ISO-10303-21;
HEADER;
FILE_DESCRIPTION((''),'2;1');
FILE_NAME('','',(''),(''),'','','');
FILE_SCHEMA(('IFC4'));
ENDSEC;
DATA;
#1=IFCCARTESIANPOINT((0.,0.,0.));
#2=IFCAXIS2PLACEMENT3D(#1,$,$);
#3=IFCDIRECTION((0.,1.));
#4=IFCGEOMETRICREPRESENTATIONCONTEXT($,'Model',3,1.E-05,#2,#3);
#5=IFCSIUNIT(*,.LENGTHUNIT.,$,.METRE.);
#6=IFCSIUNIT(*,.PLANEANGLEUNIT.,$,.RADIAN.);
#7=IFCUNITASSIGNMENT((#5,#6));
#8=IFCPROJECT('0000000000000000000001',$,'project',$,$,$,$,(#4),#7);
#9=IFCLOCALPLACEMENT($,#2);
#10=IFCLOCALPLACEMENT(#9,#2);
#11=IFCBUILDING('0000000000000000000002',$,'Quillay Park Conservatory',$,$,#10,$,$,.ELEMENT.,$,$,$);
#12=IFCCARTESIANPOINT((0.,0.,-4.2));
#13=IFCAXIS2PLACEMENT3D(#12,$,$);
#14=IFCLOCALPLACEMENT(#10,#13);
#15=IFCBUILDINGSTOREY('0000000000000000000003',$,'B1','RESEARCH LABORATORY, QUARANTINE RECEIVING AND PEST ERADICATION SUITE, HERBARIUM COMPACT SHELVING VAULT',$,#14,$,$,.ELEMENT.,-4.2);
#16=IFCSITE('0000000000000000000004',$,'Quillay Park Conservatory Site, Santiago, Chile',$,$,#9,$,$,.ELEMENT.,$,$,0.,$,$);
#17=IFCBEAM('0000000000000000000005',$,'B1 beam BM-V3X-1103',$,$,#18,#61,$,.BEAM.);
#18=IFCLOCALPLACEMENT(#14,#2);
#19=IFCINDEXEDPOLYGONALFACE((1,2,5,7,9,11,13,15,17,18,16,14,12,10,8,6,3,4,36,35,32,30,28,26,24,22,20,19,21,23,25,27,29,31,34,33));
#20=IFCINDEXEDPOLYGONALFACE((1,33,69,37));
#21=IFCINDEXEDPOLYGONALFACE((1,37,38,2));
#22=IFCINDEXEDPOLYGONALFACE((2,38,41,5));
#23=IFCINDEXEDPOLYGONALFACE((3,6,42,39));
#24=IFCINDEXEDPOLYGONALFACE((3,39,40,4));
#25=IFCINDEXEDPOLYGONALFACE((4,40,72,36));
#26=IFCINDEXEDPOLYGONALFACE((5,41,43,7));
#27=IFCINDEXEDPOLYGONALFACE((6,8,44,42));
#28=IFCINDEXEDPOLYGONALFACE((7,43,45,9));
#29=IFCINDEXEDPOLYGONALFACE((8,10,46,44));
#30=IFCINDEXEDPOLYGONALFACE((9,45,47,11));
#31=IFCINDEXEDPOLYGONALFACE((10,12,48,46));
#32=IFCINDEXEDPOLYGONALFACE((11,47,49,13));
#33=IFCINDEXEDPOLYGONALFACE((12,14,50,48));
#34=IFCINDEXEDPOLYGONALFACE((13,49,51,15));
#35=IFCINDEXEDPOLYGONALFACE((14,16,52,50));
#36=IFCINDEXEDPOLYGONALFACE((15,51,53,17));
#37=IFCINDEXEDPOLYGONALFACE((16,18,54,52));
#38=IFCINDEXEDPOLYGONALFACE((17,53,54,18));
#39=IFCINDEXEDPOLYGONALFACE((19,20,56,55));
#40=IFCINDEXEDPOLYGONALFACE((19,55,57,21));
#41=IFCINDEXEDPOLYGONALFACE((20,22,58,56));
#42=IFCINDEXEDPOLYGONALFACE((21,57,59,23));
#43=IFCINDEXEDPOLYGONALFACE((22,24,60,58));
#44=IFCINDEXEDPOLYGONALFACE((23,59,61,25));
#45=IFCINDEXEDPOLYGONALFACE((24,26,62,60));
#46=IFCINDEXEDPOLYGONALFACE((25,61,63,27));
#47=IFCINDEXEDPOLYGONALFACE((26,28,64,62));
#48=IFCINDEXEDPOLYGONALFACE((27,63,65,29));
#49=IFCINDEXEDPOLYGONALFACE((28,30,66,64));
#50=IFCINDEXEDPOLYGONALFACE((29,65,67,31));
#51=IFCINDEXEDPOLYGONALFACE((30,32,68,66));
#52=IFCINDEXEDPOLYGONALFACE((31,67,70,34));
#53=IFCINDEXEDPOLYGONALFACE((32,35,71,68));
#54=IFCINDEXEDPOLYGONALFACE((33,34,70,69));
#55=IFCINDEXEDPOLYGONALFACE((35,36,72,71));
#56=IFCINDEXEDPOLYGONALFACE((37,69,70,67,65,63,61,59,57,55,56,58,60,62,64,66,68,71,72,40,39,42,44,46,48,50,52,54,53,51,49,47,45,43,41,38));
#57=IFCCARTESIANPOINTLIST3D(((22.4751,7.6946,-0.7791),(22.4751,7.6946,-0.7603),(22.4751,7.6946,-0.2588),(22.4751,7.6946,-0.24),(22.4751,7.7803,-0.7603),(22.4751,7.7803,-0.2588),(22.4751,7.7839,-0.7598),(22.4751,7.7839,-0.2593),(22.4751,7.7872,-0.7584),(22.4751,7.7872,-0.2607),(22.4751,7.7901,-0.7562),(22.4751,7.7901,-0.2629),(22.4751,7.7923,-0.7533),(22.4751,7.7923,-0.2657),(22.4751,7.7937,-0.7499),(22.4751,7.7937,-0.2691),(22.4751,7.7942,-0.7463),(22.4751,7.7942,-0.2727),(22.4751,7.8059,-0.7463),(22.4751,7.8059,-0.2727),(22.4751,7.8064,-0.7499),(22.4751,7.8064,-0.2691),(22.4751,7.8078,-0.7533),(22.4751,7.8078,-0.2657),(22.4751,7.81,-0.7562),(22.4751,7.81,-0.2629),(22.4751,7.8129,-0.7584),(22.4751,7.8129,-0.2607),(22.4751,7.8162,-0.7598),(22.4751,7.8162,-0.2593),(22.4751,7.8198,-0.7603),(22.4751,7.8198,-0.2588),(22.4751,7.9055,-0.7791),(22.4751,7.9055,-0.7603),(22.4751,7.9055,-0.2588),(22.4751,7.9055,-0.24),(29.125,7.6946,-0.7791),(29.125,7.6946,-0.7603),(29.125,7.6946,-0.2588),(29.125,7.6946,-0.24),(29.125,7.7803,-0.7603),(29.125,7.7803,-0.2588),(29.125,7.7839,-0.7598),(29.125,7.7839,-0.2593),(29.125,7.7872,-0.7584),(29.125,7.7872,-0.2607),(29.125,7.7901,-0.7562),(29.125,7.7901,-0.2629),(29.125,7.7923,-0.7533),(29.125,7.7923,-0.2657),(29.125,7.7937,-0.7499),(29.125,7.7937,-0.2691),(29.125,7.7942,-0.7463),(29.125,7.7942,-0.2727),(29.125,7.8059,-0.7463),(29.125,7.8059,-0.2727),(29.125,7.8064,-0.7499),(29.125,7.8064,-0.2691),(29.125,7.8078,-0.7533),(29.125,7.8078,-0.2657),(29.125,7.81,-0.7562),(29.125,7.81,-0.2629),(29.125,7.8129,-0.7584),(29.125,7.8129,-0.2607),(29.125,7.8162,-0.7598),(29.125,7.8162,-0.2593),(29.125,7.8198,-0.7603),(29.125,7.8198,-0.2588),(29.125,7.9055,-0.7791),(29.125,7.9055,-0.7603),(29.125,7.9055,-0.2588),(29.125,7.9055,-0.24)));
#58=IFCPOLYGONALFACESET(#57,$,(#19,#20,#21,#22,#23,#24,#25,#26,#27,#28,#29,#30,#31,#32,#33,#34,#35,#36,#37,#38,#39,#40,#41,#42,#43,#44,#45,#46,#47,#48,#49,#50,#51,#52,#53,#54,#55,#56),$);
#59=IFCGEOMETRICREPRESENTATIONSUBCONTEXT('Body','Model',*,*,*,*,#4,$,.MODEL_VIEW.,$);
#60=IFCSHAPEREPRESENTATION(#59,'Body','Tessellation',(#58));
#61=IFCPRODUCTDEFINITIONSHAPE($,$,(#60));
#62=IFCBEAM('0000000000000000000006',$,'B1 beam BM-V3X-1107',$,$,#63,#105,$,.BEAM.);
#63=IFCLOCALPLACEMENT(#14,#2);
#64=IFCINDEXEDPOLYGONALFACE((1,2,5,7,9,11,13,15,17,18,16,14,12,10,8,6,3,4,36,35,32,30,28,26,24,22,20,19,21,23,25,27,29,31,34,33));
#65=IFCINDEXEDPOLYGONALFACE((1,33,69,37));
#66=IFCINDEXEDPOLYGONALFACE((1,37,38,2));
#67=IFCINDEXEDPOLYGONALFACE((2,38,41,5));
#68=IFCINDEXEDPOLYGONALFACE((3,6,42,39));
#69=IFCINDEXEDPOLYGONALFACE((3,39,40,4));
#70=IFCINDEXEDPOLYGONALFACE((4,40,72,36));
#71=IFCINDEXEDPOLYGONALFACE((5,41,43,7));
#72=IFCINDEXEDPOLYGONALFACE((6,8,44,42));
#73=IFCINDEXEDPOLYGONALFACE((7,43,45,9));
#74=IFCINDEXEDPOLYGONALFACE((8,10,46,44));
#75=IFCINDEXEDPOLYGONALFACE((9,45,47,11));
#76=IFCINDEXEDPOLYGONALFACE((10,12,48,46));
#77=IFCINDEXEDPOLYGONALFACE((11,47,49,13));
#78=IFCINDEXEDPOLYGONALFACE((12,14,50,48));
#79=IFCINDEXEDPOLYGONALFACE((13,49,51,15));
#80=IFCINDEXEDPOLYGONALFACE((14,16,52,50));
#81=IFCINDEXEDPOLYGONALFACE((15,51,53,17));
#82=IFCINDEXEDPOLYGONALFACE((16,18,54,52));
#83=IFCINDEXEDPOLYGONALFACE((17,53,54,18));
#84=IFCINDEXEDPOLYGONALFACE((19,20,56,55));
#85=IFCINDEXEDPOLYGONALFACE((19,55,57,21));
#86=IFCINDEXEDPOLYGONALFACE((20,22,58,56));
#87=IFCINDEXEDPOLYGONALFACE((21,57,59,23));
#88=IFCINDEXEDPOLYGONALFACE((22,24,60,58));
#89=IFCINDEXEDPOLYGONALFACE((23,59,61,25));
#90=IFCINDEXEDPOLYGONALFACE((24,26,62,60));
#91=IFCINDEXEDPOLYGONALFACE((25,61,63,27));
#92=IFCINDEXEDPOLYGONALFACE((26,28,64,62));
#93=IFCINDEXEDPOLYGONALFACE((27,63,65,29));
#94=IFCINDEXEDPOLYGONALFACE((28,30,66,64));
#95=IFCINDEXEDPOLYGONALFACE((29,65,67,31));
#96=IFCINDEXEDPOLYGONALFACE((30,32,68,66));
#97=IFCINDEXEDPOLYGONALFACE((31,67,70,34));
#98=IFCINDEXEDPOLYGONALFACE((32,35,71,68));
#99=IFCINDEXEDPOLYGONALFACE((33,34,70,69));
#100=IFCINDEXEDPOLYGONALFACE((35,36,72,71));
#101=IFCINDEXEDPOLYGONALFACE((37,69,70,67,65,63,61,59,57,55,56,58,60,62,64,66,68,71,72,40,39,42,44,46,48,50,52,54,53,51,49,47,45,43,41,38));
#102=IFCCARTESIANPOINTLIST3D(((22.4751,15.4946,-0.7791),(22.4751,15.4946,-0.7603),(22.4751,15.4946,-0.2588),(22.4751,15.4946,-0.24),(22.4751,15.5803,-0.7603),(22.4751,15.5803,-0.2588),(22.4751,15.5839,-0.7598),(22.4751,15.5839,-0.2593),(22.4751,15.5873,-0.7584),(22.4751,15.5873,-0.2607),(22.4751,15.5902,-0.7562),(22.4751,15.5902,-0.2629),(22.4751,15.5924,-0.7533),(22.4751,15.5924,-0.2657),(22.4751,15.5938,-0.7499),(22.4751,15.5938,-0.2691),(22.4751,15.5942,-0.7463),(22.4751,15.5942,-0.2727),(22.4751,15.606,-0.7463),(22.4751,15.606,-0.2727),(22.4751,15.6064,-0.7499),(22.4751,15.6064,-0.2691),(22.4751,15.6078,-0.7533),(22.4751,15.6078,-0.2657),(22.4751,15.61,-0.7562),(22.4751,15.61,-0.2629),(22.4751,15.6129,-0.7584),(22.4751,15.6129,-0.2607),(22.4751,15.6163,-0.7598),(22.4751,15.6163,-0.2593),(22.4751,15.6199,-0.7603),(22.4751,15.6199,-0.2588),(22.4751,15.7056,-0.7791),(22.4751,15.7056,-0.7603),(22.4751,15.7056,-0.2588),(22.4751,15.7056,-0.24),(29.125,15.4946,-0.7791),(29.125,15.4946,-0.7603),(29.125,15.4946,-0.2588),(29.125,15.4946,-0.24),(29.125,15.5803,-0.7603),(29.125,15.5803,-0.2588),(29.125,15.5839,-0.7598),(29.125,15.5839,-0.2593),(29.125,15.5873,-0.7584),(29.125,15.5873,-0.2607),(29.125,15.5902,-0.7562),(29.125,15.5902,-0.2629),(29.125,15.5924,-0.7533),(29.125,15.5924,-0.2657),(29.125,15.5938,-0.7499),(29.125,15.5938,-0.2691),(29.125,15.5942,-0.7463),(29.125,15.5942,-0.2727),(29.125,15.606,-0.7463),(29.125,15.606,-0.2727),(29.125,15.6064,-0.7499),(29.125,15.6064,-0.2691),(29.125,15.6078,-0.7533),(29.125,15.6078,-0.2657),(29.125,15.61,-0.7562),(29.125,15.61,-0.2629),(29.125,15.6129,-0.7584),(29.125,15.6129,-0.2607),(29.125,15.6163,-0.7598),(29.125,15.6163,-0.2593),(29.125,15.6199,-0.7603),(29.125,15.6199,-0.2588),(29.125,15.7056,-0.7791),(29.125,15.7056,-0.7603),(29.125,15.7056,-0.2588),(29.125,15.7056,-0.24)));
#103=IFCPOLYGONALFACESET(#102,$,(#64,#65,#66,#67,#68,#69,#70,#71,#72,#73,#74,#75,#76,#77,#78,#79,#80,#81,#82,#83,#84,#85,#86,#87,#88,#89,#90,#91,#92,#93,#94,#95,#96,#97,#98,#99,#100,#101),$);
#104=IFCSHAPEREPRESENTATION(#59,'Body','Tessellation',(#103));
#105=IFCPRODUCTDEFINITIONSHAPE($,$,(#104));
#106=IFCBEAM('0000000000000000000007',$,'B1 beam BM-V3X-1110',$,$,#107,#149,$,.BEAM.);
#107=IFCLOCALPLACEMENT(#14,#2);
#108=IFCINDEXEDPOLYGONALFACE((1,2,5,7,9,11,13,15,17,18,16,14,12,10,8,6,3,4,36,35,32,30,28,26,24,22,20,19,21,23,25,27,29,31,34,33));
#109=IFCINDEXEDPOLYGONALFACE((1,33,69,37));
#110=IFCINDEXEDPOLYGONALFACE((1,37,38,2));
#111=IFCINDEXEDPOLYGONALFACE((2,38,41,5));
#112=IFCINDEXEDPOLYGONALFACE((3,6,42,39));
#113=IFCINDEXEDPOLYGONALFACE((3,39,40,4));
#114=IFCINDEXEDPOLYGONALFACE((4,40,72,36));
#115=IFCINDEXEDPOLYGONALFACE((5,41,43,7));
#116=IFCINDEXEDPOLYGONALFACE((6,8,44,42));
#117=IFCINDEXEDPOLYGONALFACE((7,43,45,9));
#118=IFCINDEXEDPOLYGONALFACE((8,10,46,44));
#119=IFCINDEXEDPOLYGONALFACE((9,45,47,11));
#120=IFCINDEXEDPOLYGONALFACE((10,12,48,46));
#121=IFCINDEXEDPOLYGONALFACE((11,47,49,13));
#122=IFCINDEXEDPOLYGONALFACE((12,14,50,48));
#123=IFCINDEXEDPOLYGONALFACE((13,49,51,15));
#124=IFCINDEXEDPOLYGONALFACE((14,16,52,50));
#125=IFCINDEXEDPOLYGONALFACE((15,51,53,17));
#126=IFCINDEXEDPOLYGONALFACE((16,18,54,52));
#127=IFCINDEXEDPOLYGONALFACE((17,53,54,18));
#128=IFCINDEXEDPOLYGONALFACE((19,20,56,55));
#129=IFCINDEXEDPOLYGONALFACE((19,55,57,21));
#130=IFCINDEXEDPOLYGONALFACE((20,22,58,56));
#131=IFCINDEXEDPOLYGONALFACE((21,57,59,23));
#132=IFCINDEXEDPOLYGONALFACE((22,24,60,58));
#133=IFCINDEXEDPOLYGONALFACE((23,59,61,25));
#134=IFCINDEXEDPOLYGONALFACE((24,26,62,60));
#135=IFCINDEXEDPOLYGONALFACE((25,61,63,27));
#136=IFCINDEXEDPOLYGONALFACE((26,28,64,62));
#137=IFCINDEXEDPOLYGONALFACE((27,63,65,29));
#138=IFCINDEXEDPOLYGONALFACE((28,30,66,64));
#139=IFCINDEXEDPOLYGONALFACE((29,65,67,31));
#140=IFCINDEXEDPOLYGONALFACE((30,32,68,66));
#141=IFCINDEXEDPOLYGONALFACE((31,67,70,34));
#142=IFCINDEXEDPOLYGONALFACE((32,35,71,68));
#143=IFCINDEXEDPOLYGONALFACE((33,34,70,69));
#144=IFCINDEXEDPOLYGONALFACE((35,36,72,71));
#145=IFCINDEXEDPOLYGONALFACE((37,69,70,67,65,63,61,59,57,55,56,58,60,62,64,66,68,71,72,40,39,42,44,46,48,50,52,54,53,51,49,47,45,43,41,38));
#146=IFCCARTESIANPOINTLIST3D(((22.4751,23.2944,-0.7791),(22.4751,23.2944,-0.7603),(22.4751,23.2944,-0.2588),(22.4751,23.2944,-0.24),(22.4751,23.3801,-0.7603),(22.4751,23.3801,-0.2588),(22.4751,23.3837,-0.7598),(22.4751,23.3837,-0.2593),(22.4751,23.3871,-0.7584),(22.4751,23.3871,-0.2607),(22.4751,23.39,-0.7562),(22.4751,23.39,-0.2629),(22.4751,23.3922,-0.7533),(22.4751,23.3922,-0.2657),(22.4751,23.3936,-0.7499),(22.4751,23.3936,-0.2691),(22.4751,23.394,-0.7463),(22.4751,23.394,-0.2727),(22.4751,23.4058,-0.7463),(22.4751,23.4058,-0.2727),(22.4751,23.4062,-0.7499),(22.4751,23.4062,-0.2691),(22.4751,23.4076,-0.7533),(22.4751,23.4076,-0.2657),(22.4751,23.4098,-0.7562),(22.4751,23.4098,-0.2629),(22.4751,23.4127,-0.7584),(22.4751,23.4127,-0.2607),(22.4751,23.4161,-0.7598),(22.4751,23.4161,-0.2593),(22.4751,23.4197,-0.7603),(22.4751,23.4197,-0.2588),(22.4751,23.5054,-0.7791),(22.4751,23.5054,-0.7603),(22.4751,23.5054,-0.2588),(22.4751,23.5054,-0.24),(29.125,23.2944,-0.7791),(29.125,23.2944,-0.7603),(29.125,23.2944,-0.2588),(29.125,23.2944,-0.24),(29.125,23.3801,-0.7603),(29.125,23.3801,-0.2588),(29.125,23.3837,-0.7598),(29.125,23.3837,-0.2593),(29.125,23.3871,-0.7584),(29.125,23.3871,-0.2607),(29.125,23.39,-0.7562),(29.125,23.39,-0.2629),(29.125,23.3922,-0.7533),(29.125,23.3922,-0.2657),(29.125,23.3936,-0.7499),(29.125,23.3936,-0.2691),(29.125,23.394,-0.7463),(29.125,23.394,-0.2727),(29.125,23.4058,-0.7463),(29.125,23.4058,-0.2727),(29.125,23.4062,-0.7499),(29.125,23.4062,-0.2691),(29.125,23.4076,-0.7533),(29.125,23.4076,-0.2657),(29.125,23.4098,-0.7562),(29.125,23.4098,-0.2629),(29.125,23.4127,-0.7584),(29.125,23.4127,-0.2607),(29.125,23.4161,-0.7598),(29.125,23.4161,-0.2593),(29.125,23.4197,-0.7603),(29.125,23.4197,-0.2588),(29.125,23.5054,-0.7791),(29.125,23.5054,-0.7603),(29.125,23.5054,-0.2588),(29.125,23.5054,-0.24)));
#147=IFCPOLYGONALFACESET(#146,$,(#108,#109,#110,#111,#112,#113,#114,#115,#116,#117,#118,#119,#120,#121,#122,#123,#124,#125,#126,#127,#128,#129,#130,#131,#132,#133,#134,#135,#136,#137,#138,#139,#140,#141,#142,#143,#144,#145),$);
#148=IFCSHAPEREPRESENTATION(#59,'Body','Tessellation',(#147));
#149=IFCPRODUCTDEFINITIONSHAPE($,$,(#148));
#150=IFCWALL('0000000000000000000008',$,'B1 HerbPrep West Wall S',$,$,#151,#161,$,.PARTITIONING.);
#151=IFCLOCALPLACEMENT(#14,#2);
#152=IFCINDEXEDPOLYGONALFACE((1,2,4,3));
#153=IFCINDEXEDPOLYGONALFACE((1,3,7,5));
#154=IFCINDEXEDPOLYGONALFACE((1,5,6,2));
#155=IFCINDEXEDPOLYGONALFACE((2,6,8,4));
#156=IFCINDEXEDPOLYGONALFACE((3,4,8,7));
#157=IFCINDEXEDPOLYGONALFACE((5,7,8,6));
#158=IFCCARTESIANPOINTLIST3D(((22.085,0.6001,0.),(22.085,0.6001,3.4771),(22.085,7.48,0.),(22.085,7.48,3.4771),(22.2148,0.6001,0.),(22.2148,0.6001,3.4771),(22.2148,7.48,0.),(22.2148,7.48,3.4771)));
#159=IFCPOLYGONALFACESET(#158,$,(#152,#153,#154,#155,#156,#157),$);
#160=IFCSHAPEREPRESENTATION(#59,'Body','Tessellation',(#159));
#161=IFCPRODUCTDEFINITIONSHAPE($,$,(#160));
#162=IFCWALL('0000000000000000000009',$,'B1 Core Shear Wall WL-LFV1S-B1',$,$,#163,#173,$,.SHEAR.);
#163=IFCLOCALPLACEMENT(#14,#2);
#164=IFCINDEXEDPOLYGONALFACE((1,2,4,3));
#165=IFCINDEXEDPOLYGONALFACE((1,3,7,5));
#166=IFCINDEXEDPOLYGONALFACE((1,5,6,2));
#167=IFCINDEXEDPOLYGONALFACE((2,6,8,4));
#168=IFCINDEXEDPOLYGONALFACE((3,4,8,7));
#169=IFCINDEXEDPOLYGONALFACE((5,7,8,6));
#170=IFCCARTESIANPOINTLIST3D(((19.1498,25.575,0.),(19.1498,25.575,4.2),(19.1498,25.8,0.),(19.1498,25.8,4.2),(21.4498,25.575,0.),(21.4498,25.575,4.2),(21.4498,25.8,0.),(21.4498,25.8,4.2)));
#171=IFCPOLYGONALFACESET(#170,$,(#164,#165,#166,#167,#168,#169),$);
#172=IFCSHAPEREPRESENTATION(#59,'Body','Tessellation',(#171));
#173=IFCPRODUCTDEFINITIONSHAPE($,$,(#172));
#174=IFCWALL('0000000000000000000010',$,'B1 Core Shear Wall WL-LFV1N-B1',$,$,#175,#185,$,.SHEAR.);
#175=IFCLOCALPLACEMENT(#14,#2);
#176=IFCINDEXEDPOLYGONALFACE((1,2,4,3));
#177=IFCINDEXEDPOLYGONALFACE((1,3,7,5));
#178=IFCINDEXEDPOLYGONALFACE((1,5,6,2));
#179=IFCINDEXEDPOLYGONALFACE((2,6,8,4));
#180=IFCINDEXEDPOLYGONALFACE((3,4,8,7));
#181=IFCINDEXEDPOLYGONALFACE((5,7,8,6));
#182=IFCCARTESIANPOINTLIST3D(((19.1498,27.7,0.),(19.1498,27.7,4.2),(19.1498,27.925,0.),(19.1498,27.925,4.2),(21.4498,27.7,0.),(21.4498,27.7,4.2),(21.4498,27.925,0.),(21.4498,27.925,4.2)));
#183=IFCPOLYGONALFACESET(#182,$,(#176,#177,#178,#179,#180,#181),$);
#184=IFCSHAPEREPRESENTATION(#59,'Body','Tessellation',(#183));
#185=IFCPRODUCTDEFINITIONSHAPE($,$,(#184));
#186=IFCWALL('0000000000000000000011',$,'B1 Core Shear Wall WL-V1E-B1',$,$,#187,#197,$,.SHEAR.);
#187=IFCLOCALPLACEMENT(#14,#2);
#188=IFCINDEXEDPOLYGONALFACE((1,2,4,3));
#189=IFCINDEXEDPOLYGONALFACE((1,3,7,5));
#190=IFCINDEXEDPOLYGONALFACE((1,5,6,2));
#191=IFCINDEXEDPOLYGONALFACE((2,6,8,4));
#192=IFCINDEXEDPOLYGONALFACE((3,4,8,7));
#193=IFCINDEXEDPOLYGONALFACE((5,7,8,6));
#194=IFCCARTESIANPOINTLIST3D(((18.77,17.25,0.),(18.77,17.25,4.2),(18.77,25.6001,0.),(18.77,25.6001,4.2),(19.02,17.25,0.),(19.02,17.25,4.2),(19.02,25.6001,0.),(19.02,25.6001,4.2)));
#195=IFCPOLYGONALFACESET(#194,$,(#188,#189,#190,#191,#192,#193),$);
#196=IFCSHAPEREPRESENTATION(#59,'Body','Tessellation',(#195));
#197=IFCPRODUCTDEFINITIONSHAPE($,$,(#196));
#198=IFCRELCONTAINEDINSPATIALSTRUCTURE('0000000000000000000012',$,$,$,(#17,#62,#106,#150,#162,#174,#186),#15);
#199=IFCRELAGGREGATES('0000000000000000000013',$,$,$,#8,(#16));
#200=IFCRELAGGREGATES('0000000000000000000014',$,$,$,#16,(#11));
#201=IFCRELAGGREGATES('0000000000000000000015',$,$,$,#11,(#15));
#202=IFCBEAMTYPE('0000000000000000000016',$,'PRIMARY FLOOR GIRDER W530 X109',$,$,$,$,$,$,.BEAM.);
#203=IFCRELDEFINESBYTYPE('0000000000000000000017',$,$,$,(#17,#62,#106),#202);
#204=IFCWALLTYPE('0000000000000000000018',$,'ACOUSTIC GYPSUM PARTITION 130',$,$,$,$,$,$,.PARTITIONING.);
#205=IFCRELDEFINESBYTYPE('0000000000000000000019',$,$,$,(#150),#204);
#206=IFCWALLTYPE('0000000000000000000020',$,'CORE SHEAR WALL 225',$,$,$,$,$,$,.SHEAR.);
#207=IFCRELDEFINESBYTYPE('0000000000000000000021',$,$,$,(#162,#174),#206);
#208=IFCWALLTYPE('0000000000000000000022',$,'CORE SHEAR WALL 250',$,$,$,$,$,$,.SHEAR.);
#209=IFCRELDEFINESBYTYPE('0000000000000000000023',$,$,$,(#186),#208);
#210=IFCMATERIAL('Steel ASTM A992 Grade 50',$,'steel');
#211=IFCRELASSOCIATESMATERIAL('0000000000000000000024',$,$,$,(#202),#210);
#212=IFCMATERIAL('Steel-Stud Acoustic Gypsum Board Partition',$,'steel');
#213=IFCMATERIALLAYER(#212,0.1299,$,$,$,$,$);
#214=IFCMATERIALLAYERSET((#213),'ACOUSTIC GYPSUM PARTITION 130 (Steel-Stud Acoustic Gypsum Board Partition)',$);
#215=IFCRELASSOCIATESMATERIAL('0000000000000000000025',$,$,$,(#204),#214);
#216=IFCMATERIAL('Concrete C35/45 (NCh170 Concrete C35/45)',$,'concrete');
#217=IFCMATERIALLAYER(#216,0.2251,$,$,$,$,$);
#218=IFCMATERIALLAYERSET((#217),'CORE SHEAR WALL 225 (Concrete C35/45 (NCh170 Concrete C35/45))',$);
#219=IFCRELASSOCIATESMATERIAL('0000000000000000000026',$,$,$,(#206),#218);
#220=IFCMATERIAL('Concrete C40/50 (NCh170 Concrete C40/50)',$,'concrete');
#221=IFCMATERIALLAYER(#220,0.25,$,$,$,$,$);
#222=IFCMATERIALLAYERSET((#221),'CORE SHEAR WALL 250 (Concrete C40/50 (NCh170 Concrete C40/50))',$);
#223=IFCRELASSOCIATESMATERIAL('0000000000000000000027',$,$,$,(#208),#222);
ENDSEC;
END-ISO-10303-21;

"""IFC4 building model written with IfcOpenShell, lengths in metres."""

from ifc_helpers import new_model, si_unit, direction, frame, frame_2d, origin, origin_2d, place, context, subcontext, project, spatial, rectangle, i_section, extrude, material, layer, layer_set, material_profile, profile_set, type_object, element, save


model = new_model("IFC4")

# Units and contexts
model_context = context("Model", 3, precision=1e-05, world=origin(), true_north=direction((0.0, 1.0)))
body_context = subcontext(model_context, "Body", "Model", "MODEL_VIEW")
ifc_project = project(units=[si_unit("LENGTHUNIT", "METRE"), si_unit("PLANEANGLEUNIT", "RADIAN")], contexts=[model_context])

# Site, building, storey
site_placement = place(None, origin())
site = spatial("IfcSite", under=ifc_project, at=site_placement, Name="Quillay Park Conservatory Site, Santiago, Chile", CompositionType="ELEMENT", RefElevation=0.0)
building_placement = place(site_placement, origin())
building = spatial("IfcBuilding", under=site, at=building_placement, Name="Quillay Park Conservatory", CompositionType="ELEMENT")
storey_placement = place(building_placement, frame((0.0, 0.0, -4.2)))
storey = spatial("IfcBuildingStorey", under=building, at=storey_placement, Name="B1", Description="RESEARCH LABORATORY, QUARANTINE RECEIVING AND PEST ERADICATION SUITE, HERBARIUM COMPACT SHELVING VAULT", CompositionType="ELEMENT", Elevation=-4.2)

# Beams
ifc_material_1 = material(Name="Steel ASTM A992 Grade 50", Category="steel")
ifc_material_profile_1 = material_profile(ifc_material_1, i_section(OverallWidth=0.2109, OverallDepth=0.5391, WebThickness=0.0117, FlangeThickness=0.0188, FilletRadius=0.0139, at=origin_2d()), Name="W530x109")
ifc_profile_set_1 = profile_set([ifc_material_profile_1], Name="Steel ASTM A992 Grade 50")
beam_type_1 = type_object("IfcBeamType", Name="PRIMARY FLOOR GIRDER W530 X109", PredefinedType="BEAM", material=ifc_profile_set_1)
for number, where, z_axis, x_axis, name in (
    (1, (22.4751, 7.8, -0.5095), (1.0, 0.0, 0.0), (0.0, 1.0, 0.0), "B1 beam BM-V3X-1103"),
    (2, (22.4751, 15.6001, -0.5095), (1.0, 0.0, 0.0), (0.0, 1.0, 0.0), "B1 beam BM-V3X-1107"),
    (3, (22.4751, 23.3999, -0.5095), (1.0, 0.0, 0.0), (0.0, 1.0, 0.0), "B1 beam BM-V3X-1110"),
):
    element("IfcBeam", number, at=place(storey_placement, frame(where, z_axis=z_axis, x_axis=x_axis)), inside=storey, type_object=beam_type_1, Name=name, PredefinedType="BEAM", context=body_context, shape_type="SweptSolid", body=[
        extrude(i_section(OverallWidth=0.2109, OverallDepth=0.5391, WebThickness=0.0117, FlangeThickness=0.0188, FilletRadius=0.0139, at=origin_2d()), origin(), (0.0, 0.0, 1.0), 6.6499),
    ])

# Walls
ifc_material_2 = material(Name="Steel-Stud Acoustic Gypsum Board Partition", Category="steel")
ifc_layer_1 = layer(ifc_material_2, 0.1299)
ifc_layer_set_1 = layer_set([ifc_layer_1], Name="ACOUSTIC GYPSUM PARTITION 130 (Steel-Stud Acoustic Gypsum Board Partition)")
wall_type_1 = type_object("IfcWallType", Name="ACOUSTIC GYPSUM PARTITION 130", PredefinedType="PARTITIONING", material=ifc_layer_set_1)
wall_1_placement = place(storey_placement, frame((22.1499, 0.6001, 0.0), z_axis=(0.0, 0.0, 1.0), x_axis=(0.0, 1.0, 0.0)))
element("IfcWall", 4, at=wall_1_placement, inside=storey, type_object=wall_type_1, Name="B1 HerbPrep West Wall S", PredefinedType="PARTITIONING", context=body_context, shape_type="SweptSolid", body=[
    extrude(rectangle(XDim=6.8799, YDim=0.1299, at=frame_2d((3.4399, 0.0))), origin(), (0.0, 0.0, 1.0), 3.4771),
])
ifc_material_3 = material(Name="Concrete C35/45 (NCh170 Concrete C35/45)", Category="concrete")
ifc_layer_2 = layer(ifc_material_3, 0.2251)
ifc_layer_set_2 = layer_set([ifc_layer_2], Name="CORE SHEAR WALL 225 (Concrete C35/45 (NCh170 Concrete C35/45))")
wall_type_2 = type_object("IfcWallType", Name="CORE SHEAR WALL 225", PredefinedType="SHEAR", material=ifc_layer_set_2)
for number, where, z_axis, x_axis, name in (
    (5, (19.1499, 25.6875, 0.0), (0.0, 0.0, 1.0), (1.0, 0.0, 0.0), "B1 Core Shear Wall WL-LFV1S-B1"),
    (6, (19.1499, 27.8125, 0.0), (0.0, 0.0, 1.0), (1.0, 0.0, 0.0), "B1 Core Shear Wall WL-LFV1N-B1"),
):
    element("IfcWall", number, at=place(storey_placement, frame(where, z_axis=z_axis, x_axis=x_axis)), inside=storey, type_object=wall_type_2, Name=name, PredefinedType="SHEAR", context=body_context, shape_type="SweptSolid", body=[
        extrude(rectangle(XDim=2.3, YDim=0.2251, at=frame_2d((1.1499, 0.0))), origin(), (0.0, 0.0, 1.0), 4.2),
    ])
ifc_material_4 = material(Name="Concrete C40/50 (NCh170 Concrete C40/50)", Category="concrete")
ifc_layer_3 = layer(ifc_material_4, 0.25)
ifc_layer_set_3 = layer_set([ifc_layer_3], Name="CORE SHEAR WALL 250 (Concrete C40/50 (NCh170 Concrete C40/50))")
wall_type_3 = type_object("IfcWallType", Name="CORE SHEAR WALL 250", PredefinedType="SHEAR", material=ifc_layer_set_3)
wall_2_placement = place(storey_placement, frame((18.895, 17.25, 0.0), z_axis=(0.0, 0.0, 1.0), x_axis=(0.0, 1.0, 0.0)))
element("IfcWall", 7, at=wall_2_placement, inside=storey, type_object=wall_type_3, Name="B1 Core Shear Wall WL-V1E-B1", PredefinedType="SHEAR", context=body_context, shape_type="SweptSolid", body=[
    extrude(rectangle(XDim=8.3501, YDim=0.25, at=frame_2d((4.175, 0.0))), origin(), (0.0, 0.0, 1.0), 4.2),
])

save(model, "model.ifc")
